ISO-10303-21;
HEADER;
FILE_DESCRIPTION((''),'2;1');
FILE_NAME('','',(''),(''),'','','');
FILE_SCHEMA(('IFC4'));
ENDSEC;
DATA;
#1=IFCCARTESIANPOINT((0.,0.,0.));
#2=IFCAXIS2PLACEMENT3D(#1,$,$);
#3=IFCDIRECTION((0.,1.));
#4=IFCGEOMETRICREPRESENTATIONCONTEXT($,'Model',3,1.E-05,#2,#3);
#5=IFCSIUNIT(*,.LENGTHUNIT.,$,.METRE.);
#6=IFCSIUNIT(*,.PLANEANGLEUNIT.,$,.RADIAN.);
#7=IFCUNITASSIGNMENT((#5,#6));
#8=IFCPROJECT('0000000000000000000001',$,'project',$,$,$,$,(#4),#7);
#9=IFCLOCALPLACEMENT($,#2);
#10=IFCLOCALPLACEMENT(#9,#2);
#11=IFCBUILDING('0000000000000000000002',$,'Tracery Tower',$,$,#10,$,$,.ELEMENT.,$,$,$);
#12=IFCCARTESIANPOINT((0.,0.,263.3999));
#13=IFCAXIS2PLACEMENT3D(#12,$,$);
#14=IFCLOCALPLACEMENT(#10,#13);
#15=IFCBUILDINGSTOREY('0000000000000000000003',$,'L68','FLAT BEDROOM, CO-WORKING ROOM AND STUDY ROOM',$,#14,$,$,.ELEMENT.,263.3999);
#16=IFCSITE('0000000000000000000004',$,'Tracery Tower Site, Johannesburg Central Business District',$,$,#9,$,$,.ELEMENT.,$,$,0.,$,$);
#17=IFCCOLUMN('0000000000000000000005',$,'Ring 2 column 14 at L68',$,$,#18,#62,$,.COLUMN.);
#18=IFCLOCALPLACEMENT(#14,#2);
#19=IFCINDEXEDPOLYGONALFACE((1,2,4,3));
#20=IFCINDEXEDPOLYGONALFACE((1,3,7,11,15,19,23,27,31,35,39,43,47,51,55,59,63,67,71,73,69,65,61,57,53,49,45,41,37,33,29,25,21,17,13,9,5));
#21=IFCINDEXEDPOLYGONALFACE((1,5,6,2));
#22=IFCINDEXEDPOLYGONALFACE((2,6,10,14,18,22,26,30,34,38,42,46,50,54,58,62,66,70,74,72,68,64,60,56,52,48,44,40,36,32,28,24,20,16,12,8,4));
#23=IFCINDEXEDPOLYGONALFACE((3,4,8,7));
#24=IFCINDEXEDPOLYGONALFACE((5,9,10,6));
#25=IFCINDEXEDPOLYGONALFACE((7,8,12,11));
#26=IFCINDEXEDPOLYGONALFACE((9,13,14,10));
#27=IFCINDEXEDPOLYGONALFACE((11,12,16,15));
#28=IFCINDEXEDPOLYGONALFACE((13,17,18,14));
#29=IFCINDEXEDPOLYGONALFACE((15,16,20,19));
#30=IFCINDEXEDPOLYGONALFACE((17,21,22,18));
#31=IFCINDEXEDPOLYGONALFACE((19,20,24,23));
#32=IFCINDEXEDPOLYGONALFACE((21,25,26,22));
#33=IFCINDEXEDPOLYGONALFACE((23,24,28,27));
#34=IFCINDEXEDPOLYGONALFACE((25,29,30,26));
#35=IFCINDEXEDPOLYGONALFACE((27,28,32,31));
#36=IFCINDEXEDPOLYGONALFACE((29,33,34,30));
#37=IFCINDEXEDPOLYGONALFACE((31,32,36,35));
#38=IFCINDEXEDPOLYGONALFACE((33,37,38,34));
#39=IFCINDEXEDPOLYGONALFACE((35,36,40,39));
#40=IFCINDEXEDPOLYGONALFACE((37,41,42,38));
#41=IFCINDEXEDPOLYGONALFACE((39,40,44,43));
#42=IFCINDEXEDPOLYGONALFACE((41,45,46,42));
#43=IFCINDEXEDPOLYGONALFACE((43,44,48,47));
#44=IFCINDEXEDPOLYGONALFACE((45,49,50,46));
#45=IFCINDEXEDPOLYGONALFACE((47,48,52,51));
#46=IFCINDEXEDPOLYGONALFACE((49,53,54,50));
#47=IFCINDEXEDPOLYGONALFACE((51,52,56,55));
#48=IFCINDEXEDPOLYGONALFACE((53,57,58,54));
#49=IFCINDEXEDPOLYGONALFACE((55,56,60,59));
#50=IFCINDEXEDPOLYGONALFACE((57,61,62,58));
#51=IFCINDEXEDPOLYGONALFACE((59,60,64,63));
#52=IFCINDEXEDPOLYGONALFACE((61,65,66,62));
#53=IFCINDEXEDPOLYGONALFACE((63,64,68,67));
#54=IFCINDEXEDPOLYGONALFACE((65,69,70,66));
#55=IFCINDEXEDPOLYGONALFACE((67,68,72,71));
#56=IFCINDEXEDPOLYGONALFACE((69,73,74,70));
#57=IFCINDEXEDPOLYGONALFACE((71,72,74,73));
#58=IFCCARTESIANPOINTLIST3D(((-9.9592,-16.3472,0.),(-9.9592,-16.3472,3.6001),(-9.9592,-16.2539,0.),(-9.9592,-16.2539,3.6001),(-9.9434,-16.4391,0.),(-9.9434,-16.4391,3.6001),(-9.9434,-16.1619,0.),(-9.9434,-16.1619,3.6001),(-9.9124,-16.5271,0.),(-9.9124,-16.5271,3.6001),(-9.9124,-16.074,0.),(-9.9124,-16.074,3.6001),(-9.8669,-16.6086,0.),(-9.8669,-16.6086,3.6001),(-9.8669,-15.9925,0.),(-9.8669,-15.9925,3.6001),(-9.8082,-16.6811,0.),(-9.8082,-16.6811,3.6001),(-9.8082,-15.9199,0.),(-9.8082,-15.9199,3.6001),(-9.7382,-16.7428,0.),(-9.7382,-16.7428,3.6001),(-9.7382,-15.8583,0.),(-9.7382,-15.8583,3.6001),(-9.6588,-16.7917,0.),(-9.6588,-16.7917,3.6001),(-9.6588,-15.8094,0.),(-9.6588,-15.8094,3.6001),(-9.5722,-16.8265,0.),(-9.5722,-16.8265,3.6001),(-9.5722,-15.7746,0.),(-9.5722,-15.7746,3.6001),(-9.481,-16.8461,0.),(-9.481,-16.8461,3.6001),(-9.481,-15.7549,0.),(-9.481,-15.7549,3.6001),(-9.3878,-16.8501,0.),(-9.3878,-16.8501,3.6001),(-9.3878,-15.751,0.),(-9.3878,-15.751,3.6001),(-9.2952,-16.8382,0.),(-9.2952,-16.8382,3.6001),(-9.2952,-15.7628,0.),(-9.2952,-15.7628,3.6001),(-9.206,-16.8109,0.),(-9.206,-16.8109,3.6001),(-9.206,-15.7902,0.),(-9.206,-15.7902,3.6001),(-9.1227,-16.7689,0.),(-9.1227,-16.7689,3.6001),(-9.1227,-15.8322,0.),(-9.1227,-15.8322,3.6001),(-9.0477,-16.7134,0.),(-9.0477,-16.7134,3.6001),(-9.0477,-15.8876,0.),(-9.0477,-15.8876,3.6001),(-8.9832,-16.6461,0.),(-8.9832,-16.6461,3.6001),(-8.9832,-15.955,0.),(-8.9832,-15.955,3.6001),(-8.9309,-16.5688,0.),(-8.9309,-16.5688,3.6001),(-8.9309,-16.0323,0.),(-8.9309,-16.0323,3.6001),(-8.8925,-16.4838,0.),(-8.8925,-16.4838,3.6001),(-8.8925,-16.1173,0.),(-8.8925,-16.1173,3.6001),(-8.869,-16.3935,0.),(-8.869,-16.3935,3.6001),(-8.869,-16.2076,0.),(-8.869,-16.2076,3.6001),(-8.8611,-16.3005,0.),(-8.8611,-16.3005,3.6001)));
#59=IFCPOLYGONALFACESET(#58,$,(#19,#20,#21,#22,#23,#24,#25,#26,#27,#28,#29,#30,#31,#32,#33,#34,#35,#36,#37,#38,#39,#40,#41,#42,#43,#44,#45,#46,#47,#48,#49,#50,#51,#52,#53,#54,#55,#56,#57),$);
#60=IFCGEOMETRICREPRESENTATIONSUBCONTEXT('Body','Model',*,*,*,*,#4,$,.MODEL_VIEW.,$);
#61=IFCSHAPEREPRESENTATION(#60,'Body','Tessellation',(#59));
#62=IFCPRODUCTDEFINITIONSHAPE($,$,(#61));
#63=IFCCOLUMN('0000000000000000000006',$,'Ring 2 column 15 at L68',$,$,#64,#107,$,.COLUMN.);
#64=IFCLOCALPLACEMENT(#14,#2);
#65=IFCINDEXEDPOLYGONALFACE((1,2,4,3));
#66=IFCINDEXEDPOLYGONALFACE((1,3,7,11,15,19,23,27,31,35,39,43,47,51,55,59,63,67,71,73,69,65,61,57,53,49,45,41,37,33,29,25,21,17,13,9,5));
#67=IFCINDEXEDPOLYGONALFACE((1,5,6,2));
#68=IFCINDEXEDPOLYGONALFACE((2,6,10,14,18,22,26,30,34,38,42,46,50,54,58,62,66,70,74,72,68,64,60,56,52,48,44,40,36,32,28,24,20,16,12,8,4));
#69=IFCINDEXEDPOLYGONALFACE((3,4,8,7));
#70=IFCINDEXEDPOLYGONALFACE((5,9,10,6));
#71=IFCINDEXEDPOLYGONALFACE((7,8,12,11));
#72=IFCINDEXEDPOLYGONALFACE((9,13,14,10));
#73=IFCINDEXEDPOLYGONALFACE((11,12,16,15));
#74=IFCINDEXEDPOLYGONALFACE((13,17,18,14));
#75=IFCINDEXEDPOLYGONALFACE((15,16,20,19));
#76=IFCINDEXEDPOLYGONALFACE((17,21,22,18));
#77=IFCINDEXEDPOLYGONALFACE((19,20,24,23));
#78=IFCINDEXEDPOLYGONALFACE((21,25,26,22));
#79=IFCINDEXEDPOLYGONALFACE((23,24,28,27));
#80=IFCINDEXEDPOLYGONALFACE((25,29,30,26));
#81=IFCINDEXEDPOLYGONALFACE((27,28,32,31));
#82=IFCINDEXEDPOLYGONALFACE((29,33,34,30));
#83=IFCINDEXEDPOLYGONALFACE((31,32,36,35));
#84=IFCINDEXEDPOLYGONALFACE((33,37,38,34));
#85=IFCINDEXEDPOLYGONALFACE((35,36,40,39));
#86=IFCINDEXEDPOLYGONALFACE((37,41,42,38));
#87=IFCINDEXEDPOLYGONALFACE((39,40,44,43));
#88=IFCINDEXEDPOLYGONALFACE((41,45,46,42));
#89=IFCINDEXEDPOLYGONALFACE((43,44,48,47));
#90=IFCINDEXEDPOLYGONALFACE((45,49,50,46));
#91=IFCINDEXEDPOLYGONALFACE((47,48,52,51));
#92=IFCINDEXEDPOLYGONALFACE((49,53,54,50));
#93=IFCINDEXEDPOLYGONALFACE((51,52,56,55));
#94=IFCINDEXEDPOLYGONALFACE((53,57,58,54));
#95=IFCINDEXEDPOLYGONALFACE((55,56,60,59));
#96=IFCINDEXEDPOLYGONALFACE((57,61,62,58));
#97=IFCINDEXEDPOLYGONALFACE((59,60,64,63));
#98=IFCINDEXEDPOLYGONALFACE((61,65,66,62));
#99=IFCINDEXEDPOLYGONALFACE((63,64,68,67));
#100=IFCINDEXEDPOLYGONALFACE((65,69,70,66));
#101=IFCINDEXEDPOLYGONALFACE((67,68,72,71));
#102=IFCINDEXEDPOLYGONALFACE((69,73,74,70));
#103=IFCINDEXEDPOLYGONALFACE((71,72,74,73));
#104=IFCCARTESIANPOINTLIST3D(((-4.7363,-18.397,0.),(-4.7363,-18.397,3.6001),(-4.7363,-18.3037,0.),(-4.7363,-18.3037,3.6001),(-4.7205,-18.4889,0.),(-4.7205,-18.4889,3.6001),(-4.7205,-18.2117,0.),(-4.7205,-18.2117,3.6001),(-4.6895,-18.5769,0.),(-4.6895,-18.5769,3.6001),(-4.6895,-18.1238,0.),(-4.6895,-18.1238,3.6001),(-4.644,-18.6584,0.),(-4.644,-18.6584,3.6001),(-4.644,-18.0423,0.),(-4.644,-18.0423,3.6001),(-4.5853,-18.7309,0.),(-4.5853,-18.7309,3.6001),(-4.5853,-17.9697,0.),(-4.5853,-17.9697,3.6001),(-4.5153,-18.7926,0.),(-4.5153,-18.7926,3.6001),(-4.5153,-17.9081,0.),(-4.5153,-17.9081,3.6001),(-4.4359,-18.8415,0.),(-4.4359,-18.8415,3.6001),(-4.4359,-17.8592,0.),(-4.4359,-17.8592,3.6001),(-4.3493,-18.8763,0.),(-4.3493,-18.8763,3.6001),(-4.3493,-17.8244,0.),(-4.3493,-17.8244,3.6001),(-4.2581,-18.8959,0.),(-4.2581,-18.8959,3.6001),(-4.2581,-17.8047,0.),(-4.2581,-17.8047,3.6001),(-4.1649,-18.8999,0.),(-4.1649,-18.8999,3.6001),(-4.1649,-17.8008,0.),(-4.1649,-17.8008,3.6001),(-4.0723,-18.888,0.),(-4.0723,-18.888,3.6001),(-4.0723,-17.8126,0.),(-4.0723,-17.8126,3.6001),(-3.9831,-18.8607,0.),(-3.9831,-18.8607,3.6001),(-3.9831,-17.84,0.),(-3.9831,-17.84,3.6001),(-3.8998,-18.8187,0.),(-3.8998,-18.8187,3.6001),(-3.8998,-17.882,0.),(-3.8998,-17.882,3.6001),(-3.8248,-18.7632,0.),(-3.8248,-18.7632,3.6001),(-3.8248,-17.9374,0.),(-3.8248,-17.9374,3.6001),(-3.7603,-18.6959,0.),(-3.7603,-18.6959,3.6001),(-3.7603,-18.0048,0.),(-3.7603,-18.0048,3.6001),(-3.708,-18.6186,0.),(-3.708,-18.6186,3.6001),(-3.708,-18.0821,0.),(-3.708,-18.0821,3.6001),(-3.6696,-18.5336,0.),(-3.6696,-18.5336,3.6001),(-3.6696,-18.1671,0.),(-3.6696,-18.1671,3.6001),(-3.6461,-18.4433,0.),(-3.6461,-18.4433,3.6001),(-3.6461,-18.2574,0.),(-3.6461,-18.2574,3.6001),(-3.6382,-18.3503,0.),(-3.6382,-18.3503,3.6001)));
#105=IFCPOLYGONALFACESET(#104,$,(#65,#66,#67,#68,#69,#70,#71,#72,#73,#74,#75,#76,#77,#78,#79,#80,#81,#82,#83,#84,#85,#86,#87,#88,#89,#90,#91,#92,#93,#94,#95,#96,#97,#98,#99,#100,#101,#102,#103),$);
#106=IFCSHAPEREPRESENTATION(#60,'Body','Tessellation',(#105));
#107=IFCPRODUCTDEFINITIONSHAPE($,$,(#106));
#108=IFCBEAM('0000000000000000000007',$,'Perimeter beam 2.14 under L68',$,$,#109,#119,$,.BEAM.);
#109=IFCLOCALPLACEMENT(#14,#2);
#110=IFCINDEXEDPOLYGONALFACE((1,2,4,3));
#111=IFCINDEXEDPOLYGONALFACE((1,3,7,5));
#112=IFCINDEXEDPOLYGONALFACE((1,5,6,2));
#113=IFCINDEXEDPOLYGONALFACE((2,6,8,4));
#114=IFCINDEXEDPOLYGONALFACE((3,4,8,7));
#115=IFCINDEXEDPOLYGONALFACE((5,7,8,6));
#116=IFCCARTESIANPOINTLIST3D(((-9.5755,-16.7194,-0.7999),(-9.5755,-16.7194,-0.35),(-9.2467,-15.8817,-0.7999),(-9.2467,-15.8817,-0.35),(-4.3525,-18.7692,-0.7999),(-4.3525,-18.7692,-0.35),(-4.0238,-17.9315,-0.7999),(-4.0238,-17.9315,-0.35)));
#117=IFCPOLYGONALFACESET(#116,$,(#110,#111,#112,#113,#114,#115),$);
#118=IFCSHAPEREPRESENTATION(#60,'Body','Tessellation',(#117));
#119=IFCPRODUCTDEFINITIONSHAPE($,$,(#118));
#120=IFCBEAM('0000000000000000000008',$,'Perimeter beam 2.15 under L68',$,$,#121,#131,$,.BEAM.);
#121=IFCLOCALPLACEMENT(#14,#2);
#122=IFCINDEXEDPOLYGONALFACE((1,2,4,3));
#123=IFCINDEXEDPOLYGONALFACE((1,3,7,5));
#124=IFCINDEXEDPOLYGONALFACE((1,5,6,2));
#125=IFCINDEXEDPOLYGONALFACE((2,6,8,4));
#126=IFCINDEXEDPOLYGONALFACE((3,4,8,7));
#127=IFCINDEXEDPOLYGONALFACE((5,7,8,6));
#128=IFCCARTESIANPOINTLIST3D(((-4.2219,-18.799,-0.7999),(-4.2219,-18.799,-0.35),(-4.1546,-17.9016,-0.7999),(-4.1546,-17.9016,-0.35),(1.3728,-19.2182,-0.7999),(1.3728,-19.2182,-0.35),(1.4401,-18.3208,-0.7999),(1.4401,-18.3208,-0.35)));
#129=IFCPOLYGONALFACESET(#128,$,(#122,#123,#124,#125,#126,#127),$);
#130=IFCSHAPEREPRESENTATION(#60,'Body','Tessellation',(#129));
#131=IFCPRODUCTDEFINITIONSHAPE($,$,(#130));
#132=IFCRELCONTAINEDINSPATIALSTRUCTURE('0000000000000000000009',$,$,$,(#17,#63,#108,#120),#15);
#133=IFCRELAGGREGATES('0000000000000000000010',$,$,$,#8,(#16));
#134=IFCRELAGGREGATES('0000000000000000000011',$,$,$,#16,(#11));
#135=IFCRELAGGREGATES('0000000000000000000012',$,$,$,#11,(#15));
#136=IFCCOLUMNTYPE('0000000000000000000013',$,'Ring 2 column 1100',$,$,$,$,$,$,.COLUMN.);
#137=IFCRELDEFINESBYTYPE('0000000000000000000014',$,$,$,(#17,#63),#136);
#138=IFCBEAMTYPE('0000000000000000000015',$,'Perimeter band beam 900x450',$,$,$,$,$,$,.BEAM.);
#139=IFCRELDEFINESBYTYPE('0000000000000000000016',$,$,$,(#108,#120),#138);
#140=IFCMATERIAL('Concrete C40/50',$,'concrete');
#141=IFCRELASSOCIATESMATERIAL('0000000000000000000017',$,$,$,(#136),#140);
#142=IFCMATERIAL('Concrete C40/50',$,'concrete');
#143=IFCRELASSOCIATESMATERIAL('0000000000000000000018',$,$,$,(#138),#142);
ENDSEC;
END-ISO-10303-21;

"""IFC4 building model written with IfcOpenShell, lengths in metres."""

from ifc_helpers import new_model, si_unit, direction, frame, origin, origin_2d, place, context, subcontext, project, spatial, rectangle, circle, extrude, material, material_profile, profile_set, type_object, element, save


model = new_model("IFC4")

# Units and contexts
model_context = context("Model", 3, precision=1e-05, world=origin(), true_north=direction((0.0, 1.0)))
body_context = subcontext(model_context, "Body", "Model", "MODEL_VIEW")
ifc_project = project(units=[si_unit("LENGTHUNIT", "METRE"), si_unit("PLANEANGLEUNIT", "RADIAN")], contexts=[model_context])

# Site, building, storey
site_placement = place(None, origin())
site = spatial("IfcSite", under=ifc_project, at=site_placement, Name="Tracery Tower Site, Johannesburg Central Business District", CompositionType="ELEMENT", RefElevation=0.0)
building_placement = place(site_placement, origin())
building = spatial("IfcBuilding", under=site, at=building_placement, Name="Tracery Tower", CompositionType="ELEMENT")
storey_placement = place(building_placement, frame((0.0, 0.0, 263.3999)))
storey = spatial("IfcBuildingStorey", under=building, at=storey_placement, Name="L68", Description="FLAT BEDROOM, CO-WORKING ROOM AND STUDY ROOM", CompositionType="ELEMENT", Elevation=263.3999)

# Columns
ifc_material_1 = material(Name="Concrete C40/50", Category="concrete")
ifc_material_profile_1 = material_profile(ifc_material_1, circle(Radius=0.55, at=origin_2d()), Name="RC D1100")
ifc_profile_set_1 = profile_set([ifc_material_profile_1], Name="Concrete C40/50")
column_type = type_object("IfcColumnType", Name="Ring 2 column 1100", PredefinedType="COLUMN", material=ifc_profile_set_1)
for number, where, z_axis, x_axis, name in (
    (1, (-9.4111, -16.3005, 0.0), (0.0, 0.0, 1.0), (1.0, 0.0, 0.0), "Ring 2 column 14 at L68"),
    (2, (-4.1882, -18.3503, 0.0), (0.0, 0.0, 1.0), (1.0, 0.0, 0.0), "Ring 2 column 15 at L68"),
):
    element("IfcColumn", number, at=place(storey_placement, frame(where, z_axis=z_axis, x_axis=x_axis)), inside=storey, type_object=column_type, Name=name, PredefinedType="COLUMN", context=body_context, shape_type="SweptSolid", body=[
        extrude(circle(Radius=0.55, at=origin_2d()), origin(), (0.0, 0.0, 1.0), 3.6001),
    ])

# Beams
ifc_material_2 = material(Name="Concrete C40/50", Category="concrete")
ifc_material_profile_2 = material_profile(ifc_material_2, rectangle(XDim=0.8999, YDim=0.45, at=origin_2d()), Name="RC 900x450")
ifc_profile_set_2 = profile_set([ifc_material_profile_2], Name="Concrete C40/50")
beam_type = type_object("IfcBeamType", Name="Perimeter band beam 900x450", PredefinedType="BEAM", material=ifc_profile_set_2)
beam_1_placement = place(storey_placement, frame((-9.4111, -16.3005, -0.575), z_axis=(0.930876, -0.365336, 0.0), x_axis=(0.365336, 0.930876, 0.0)))
element("IfcBeam", 3, at=beam_1_placement, inside=storey, type_object=beam_type, Name="Perimeter beam 2.14 under L68", PredefinedType="BEAM", context=body_context, shape_type="SweptSolid", body=[
    extrude(rectangle(XDim=0.8999, YDim=0.45, at=origin_2d()), origin(), (0.0, 0.0, 1.0), 5.6108),
])
beam_2_placement = place(storey_placement, frame((-4.1882, -18.3503, -0.575), z_axis=(0.997205, -0.074716, 0.0), x_axis=(0.074716, 0.997205, 0.0)))
element("IfcBeam", 4, at=beam_2_placement, inside=storey, type_object=beam_type, Name="Perimeter beam 2.15 under L68", PredefinedType="BEAM", context=body_context, shape_type="SweptSolid", body=[
    extrude(rectangle(XDim=0.8999, YDim=0.45, at=origin_2d()), origin(), (0.0, 0.0, 1.0), 5.6104),
])

save(model, "model.ifc")
